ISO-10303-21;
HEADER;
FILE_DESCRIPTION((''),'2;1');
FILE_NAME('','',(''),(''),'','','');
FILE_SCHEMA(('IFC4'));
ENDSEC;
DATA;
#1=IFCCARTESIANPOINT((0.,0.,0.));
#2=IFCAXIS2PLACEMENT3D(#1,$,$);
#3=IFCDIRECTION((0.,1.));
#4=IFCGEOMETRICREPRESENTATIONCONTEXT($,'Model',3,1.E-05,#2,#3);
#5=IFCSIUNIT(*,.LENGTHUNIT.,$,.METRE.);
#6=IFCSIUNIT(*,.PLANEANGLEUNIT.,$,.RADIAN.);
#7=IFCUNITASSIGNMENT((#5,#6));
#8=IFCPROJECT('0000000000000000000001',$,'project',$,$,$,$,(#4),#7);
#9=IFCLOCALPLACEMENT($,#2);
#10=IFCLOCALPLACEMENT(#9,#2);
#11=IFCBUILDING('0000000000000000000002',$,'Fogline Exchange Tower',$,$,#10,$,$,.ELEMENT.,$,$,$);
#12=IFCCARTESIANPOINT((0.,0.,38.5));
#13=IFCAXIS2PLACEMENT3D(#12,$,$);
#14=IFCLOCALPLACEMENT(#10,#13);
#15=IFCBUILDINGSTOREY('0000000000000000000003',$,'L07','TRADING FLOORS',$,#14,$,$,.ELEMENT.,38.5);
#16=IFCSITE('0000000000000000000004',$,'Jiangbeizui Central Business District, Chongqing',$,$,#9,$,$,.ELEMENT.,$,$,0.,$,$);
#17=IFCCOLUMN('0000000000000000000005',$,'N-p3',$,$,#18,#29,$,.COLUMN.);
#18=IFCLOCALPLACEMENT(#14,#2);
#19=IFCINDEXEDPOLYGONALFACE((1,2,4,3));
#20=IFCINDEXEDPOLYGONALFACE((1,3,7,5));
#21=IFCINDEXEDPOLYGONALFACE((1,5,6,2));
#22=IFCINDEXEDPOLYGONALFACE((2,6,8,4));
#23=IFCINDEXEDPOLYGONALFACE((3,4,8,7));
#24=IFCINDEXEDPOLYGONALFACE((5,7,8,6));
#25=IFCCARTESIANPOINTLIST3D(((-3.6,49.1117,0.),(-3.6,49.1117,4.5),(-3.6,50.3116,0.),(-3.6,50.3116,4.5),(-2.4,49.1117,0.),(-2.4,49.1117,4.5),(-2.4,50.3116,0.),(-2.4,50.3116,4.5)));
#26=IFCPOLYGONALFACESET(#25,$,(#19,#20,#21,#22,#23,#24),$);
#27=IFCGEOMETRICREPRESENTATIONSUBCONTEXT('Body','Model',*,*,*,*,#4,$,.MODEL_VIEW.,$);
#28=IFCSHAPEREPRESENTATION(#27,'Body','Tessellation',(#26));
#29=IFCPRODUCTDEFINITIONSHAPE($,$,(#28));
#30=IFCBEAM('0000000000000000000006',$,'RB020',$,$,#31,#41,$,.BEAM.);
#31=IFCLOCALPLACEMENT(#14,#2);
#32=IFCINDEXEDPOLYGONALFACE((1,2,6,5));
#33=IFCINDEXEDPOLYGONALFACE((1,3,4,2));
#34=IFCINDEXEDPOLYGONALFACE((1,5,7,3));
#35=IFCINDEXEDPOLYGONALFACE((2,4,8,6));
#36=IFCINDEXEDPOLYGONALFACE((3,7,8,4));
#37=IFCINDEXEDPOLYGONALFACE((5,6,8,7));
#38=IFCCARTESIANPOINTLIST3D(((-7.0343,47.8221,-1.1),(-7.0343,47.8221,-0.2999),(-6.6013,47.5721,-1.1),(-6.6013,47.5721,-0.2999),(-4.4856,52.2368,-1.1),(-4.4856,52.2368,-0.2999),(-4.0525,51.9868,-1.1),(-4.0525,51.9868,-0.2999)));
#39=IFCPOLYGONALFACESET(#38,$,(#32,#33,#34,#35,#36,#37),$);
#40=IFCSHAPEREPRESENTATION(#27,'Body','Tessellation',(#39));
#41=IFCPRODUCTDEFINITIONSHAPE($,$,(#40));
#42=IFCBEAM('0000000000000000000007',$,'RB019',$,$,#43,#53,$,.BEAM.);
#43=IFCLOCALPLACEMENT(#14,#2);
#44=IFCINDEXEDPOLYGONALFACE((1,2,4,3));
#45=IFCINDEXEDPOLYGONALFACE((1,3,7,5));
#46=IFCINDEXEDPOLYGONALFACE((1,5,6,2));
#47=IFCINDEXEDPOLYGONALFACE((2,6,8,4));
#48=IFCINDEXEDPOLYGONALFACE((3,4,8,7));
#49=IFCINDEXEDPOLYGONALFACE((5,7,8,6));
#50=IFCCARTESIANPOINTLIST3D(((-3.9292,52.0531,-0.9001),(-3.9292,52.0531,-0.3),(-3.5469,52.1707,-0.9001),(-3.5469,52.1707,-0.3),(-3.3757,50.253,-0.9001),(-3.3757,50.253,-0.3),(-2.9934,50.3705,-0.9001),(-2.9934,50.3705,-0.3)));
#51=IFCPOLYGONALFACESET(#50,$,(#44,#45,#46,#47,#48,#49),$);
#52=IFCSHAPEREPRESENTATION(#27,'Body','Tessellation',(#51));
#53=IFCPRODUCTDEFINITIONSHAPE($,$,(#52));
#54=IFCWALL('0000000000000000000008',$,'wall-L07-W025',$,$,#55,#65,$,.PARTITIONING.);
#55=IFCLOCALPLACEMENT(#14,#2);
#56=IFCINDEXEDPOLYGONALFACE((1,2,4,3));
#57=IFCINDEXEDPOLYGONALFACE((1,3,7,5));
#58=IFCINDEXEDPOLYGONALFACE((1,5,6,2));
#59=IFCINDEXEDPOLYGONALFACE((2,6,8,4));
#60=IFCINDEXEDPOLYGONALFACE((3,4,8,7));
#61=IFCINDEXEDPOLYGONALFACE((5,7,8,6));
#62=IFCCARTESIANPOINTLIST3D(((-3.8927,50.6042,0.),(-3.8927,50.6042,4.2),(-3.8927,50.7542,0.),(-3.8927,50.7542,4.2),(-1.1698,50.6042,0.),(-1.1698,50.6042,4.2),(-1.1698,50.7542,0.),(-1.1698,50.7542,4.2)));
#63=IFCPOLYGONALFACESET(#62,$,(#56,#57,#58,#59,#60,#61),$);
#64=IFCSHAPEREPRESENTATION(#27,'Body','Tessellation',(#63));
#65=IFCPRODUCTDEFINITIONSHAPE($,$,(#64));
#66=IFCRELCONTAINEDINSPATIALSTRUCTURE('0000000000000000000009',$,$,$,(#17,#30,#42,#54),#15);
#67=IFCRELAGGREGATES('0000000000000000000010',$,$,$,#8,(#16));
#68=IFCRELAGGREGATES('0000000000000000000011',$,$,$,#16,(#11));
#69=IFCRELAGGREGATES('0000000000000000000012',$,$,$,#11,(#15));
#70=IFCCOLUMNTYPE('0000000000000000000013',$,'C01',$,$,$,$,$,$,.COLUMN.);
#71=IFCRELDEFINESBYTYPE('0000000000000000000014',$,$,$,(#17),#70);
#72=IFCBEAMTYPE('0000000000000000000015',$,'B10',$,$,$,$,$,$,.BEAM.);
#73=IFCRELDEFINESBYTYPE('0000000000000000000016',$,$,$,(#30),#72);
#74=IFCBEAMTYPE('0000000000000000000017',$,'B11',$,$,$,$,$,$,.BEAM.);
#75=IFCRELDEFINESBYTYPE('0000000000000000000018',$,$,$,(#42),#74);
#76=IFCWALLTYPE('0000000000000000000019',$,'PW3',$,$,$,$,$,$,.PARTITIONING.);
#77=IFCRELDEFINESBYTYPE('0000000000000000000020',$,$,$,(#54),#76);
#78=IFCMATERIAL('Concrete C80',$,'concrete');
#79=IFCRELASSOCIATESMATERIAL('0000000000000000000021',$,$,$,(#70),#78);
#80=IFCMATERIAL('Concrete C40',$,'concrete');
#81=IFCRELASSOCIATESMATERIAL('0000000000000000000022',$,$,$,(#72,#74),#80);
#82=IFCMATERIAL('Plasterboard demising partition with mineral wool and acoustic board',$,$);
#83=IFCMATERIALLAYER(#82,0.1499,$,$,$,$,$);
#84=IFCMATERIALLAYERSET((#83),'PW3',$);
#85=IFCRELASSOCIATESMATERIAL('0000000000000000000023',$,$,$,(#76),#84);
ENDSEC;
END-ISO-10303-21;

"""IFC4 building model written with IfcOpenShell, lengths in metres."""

from ifc_helpers import new_model, si_unit, direction, frame, frame_2d, origin, origin_2d, place, context, subcontext, project, spatial, rectangle, extrude, material, layer, layer_set, material_profile, profile_set, type_object, element, save


model = new_model("IFC4")

# Units and contexts
model_context = context("Model", 3, precision=1e-05, world=origin(), true_north=direction((0.0, 1.0)))
body_context = subcontext(model_context, "Body", "Model", "MODEL_VIEW")
ifc_project = project(units=[si_unit("LENGTHUNIT", "METRE"), si_unit("PLANEANGLEUNIT", "RADIAN")], contexts=[model_context])

# Site, building, storey
site_placement = place(None, origin())
site = spatial("IfcSite", under=ifc_project, at=site_placement, Name="Jiangbeizui Central Business District, Chongqing", CompositionType="ELEMENT", RefElevation=0.0)
building_placement = place(site_placement, origin())
building = spatial("IfcBuilding", under=site, at=building_placement, Name="Fogline Exchange Tower", CompositionType="ELEMENT")
storey_placement = place(building_placement, frame((0.0, 0.0, 38.5)))
storey = spatial("IfcBuildingStorey", under=building, at=storey_placement, Name="L07", Description="TRADING FLOORS", CompositionType="ELEMENT", Elevation=38.5)

# Column
ifc_material_1 = material(Name="Concrete C80", Category="concrete")
ifc_material_profile_1 = material_profile(ifc_material_1, rectangle(XDim=1.2, YDim=1.2, at=origin_2d()), Name="RC 1200x1200")
ifc_profile_set_1 = profile_set([ifc_material_profile_1], Name="Concrete C80")
column_type = type_object("IfcColumnType", Name="C01", PredefinedType="COLUMN", material=ifc_profile_set_1)
column_placement = place(storey_placement, frame((-3.0, 49.7117, 0.0), z_axis=(0.0, 0.0, 1.0), x_axis=(1.0, 0.0, 0.0)))
element("IfcColumn", 1, at=column_placement, inside=storey, type_object=column_type, Name="N-p3", PredefinedType="COLUMN", context=body_context, shape_type="SweptSolid", body=[
    extrude(rectangle(XDim=1.2, YDim=1.2, at=origin_2d()), origin(), (0.0, 0.0, 1.0), 4.5),
])

# Beams
ifc_material_2 = material(Name="Concrete C40", Category="concrete")
ifc_material_profile_2 = material_profile(ifc_material_2, rectangle(XDim=0.5, YDim=0.8, at=origin_2d()), Name="RC 500x800")
ifc_profile_set_2 = profile_set([ifc_material_profile_2], Name="Concrete C40")
beam_type_1 = type_object("IfcBeamType", Name="B10", PredefinedType="BEAM", material=ifc_profile_set_2)
beam_1_placement = place(storey_placement, frame((-4.269, 52.1118, -0.7), z_axis=(-0.499992, -0.86603, 0.0), x_axis=(0.86603, -0.499992, 0.0)))
element("IfcBeam", 2, at=beam_1_placement, inside=storey, type_object=beam_type_1, Name="RB020", PredefinedType="BEAM", context=body_context, shape_type="SweptSolid", body=[
    extrude(rectangle(XDim=0.5, YDim=0.8, at=origin_2d()), origin(), (0.0, 0.0, 1.0), 5.0977),
])
ifc_material_profile_3 = material_profile(ifc_material_2, rectangle(XDim=0.3999, YDim=0.6001, at=origin_2d()), Name="RC 400x600")
ifc_profile_set_3 = profile_set([ifc_material_profile_3], Name="Concrete C40")
beam_type_2 = type_object("IfcBeamType", Name="B11", PredefinedType="BEAM", material=ifc_profile_set_3)
beam_2_placement = place(storey_placement, frame((-3.1846, 50.3118, -0.6001), z_axis=(-0.293895, 0.955838, 0.0), x_axis=(-0.955838, -0.293895, 0.0)))
element("IfcBeam", 3, at=beam_2_placement, inside=storey, type_object=beam_type_2, Name="RB019", PredefinedType="BEAM", context=body_context, shape_type="SweptSolid", body=[
    extrude(rectangle(XDim=0.3999, YDim=0.6001, at=origin_2d()), origin(), (0.0, 0.0, 1.0), 1.8833),
])

# Wall
ifc_material_3 = material(Name="Plasterboard demising partition with mineral wool and acoustic board")
ifc_layer = layer(ifc_material_3, 0.1499)
ifc_layer_set = layer_set([ifc_layer], Name="PW3")
wall_type = type_object("IfcWallType", Name="PW3", PredefinedType="PARTITIONING", material=ifc_layer_set)
wall_placement = place(storey_placement, frame((-3.8926, 50.6792, 0.0), z_axis=(0.0, 0.0, 1.0), x_axis=(1.0, 0.0, 0.0)))
element("IfcWall", 4, at=wall_placement, inside=storey, type_object=wall_type, Name="wall-L07-W025", PredefinedType="PARTITIONING", context=body_context, shape_type="SweptSolid", body=[
    extrude(rectangle(XDim=2.7229, YDim=0.1499, at=frame_2d((1.3613, 0.0))), origin(), (0.0, 0.0, 1.0), 4.2),
])

save(model, "model.ifc")
